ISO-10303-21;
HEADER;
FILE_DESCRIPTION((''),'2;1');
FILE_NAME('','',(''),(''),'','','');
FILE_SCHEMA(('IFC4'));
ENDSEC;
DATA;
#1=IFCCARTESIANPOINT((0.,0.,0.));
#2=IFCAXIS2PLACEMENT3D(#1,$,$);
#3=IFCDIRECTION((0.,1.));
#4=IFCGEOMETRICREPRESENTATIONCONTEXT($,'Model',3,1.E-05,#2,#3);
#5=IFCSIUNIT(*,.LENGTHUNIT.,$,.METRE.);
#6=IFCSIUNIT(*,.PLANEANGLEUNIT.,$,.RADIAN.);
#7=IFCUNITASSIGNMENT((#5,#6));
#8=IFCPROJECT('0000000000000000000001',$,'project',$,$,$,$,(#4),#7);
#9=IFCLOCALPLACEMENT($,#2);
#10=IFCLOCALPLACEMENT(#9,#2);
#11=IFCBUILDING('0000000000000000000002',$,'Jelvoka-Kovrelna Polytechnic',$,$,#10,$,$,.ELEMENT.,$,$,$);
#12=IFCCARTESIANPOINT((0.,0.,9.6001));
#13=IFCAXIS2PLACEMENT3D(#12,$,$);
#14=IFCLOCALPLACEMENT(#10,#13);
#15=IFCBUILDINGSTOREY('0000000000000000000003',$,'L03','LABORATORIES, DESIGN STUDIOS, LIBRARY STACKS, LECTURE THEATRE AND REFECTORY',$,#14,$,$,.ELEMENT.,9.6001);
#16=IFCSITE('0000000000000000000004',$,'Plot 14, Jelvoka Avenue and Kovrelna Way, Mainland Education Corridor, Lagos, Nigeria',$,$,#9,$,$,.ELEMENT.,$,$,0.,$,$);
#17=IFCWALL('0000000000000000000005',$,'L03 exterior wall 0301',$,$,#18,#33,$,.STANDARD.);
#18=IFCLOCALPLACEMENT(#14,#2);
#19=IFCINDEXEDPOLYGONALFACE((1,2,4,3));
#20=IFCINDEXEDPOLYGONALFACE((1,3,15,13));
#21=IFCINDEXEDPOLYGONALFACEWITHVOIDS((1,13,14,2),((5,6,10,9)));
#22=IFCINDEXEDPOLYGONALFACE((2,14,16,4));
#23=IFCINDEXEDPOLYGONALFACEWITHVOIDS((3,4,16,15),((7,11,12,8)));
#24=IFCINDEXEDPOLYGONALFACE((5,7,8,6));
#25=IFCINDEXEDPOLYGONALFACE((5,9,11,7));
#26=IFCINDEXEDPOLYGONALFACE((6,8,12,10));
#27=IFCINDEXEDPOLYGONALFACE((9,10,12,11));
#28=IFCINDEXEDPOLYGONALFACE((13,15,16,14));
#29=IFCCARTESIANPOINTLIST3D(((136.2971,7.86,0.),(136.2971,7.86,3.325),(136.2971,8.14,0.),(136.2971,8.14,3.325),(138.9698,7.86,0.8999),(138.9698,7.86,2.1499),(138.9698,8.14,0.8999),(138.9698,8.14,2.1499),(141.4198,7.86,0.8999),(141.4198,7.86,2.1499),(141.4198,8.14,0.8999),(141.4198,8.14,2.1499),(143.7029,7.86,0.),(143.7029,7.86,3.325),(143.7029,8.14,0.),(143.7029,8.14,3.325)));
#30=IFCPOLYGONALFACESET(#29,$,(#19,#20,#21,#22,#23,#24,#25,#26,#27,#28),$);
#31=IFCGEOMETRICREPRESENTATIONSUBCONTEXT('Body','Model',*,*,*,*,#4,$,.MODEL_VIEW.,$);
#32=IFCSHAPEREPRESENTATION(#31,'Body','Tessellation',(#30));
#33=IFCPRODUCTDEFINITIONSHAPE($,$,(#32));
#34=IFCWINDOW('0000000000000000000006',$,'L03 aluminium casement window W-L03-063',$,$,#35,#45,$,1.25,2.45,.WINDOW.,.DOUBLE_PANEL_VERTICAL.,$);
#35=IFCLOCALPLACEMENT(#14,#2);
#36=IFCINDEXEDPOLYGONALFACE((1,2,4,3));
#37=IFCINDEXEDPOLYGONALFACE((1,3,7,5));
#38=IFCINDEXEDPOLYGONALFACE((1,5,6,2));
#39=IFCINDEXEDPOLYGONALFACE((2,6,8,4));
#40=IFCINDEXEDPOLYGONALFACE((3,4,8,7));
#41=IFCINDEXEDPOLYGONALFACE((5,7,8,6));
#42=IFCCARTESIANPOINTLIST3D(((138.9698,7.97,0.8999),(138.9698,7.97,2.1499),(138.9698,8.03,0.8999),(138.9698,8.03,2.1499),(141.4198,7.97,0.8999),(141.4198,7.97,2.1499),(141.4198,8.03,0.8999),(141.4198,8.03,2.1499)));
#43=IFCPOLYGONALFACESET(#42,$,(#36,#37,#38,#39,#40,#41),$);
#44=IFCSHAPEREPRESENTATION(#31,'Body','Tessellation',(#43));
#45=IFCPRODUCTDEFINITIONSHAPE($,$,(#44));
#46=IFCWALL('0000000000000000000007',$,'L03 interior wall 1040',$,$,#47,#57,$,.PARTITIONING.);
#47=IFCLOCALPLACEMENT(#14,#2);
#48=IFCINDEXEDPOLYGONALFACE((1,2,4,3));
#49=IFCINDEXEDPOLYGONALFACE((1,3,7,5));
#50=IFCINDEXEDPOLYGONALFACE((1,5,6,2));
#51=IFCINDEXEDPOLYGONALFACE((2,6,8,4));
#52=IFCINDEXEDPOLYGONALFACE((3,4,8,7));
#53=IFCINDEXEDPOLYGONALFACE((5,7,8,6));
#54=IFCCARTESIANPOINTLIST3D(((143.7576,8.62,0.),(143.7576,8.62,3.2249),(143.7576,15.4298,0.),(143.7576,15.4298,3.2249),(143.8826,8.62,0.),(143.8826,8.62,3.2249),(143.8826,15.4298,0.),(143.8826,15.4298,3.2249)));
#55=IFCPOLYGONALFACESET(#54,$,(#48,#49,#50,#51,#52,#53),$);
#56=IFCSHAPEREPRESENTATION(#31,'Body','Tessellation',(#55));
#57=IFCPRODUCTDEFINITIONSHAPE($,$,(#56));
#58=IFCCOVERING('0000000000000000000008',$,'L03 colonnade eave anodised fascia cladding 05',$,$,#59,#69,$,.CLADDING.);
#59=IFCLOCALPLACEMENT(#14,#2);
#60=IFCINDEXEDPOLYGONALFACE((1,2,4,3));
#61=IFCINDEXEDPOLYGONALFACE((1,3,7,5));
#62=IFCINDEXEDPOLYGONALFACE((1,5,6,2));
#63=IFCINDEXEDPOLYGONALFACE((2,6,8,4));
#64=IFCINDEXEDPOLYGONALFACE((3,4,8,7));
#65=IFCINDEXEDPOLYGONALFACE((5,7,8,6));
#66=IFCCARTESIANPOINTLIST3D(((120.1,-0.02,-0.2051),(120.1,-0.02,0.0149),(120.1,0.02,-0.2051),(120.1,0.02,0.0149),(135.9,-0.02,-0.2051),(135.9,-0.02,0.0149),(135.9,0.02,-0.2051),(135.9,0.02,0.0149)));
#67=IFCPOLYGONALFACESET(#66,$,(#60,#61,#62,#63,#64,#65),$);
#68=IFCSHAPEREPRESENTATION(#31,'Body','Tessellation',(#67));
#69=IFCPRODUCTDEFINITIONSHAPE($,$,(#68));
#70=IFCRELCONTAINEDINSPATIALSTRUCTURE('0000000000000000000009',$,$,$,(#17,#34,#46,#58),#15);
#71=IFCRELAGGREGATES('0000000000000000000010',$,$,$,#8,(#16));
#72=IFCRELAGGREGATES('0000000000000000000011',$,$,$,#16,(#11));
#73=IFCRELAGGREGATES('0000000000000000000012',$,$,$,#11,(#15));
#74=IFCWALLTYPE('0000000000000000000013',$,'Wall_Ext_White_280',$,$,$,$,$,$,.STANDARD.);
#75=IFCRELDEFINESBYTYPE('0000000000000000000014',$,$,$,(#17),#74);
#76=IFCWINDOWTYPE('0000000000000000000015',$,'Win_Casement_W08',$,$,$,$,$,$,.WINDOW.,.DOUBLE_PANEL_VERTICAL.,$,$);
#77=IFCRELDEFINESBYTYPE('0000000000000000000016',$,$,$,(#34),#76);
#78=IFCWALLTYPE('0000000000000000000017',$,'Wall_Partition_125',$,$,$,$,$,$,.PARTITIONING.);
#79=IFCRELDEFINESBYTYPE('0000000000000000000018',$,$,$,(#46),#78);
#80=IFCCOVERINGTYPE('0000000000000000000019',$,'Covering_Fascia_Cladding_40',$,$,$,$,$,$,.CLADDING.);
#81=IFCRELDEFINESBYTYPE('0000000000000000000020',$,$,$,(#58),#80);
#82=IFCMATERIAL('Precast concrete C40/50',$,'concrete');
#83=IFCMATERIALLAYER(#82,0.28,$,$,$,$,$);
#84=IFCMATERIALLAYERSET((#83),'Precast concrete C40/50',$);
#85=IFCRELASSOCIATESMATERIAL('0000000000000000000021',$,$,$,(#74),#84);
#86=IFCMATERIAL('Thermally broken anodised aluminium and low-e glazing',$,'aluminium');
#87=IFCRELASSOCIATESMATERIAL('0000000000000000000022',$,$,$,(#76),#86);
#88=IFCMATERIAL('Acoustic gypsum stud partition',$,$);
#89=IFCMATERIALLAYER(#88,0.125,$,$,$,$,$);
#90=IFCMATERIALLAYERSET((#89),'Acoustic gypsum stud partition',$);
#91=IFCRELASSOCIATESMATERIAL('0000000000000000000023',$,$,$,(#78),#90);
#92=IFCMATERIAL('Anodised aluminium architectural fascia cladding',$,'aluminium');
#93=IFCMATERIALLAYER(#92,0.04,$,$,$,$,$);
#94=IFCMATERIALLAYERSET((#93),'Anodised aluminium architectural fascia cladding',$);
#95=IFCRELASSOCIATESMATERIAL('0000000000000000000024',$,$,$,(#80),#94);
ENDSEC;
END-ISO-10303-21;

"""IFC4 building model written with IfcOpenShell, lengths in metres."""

from ifc_helpers import new_model, si_unit, direction, frame, frame_2d, origin, origin_2d, place, context, subcontext, project, spatial, rectangle, extrude, material, layer, layer_set, type_object, element, fill, save


model = new_model("IFC4")

# Units and contexts
model_context = context("Model", 3, precision=1e-05, world=origin(), true_north=direction((0.0, 1.0)))
body_context = subcontext(model_context, "Body", "Model", "MODEL_VIEW")
ifc_project = project(units=[si_unit("LENGTHUNIT", "METRE"), si_unit("PLANEANGLEUNIT", "RADIAN")], contexts=[model_context])

# Site, building, storey
site_placement = place(None, origin())
site = spatial("IfcSite", under=ifc_project, at=site_placement, Name="Plot 14, Jelvoka Avenue and Kovrelna Way, Mainland Education Corridor, Lagos, Nigeria", CompositionType="ELEMENT", RefElevation=0.0)
building_placement = place(site_placement, origin())
building = spatial("IfcBuilding", under=site, at=building_placement, Name="Jelvoka-Kovrelna Polytechnic", CompositionType="ELEMENT")
storey_placement = place(building_placement, frame((0.0, 0.0, 9.6001)))
storey = spatial("IfcBuildingStorey", under=building, at=storey_placement, Name="L03", Description="LABORATORIES, DESIGN STUDIOS, LIBRARY STACKS, LECTURE THEATRE AND REFECTORY", CompositionType="ELEMENT", Elevation=9.6001)

# Wall, opening, window
ifc_material_1 = material(Name="Precast concrete C40/50", Category="concrete")
ifc_layer_1 = layer(ifc_material_1, 0.28)
ifc_layer_set_1 = layer_set([ifc_layer_1], Name="Precast concrete C40/50")
wall_type_1 = type_object("IfcWallType", Name="Wall_Ext_White_280", PredefinedType="STANDARD", material=ifc_layer_set_1)
wall_1_placement = place(storey_placement, frame((143.7029, 8.0, 0.0), z_axis=(0.0, 0.0, 1.0), x_axis=(-1.0, 0.0, 0.0)))
wall_1 = element("IfcWall", 1, at=wall_1_placement, inside=storey, type_object=wall_type_1, Name="L03 exterior wall 0301", PredefinedType="STANDARD", context=body_context, shape_type="SweptSolid", body=[
    extrude(rectangle(XDim=7.4058, YDim=0.28, at=frame_2d((3.7029, 0.0))), origin(), (0.0, 0.0, 1.0), 3.325),
])
opening_1_placement = place(wall_1_placement, frame((2.283, 0.0, 0.8999)))
opening_1 = element("IfcOpeningElement", 2, at=opening_1_placement, cuts=wall_1, PredefinedType="OPENING", context=body_context, shape_type="SweptSolid", body=[
    extrude(rectangle(XDim=2.45, YDim=1.25, at=frame_2d((1.2251, 0.625))), frame((0.0, 0.1501, 0.0), z_axis=(0.0, -1.0, 0.0), x_axis=(1.0, 0.0, 0.0)), (0.0, 0.0, 1.0), 0.3),
])
ifc_material_2 = material(Name="Thermally broken anodised aluminium and low-e glazing", Category="aluminium")
window_type_1 = type_object("IfcWindowType", Name="Win_Casement_W08", PartitioningType="DOUBLE_PANEL_VERTICAL", PredefinedType="WINDOW", material=ifc_material_2)
window_1_placement = place(opening_1_placement, origin())
window_1 = element("IfcWindow", 3, at=window_1_placement, inside=storey, type_object=window_type_1, Name="L03 aluminium casement window W-L03-063", OverallHeight=1.25, OverallWidth=2.45, PartitioningType="DOUBLE_PANEL_VERTICAL", PredefinedType="WINDOW", context=body_context, shape_type="SweptSolid", body=[
    extrude(rectangle(XDim=2.45, YDim=1.25, at=frame_2d((1.2251, 0.625))), frame((0.0, 0.03, 0.0), z_axis=(0.0, -1.0, 0.0), x_axis=(1.0, 0.0, 0.0)), (0.0, 0.0, 1.0), 0.0601),
])
fill(opening_1, window_1)

# Wall
ifc_material_3 = material(Name="Acoustic gypsum stud partition")
ifc_layer_2 = layer(ifc_material_3, 0.125)
ifc_layer_set_2 = layer_set([ifc_layer_2], Name="Acoustic gypsum stud partition")
wall_type_2 = type_object("IfcWallType", Name="Wall_Partition_125", PredefinedType="PARTITIONING", material=ifc_layer_set_2)
wall_2_placement = place(storey_placement, frame((143.8201, 8.6201, 0.0), z_axis=(0.0, 0.0, 1.0), x_axis=(0.0, 1.0, 0.0)))
element("IfcWall", 4, at=wall_2_placement, inside=storey, type_object=wall_type_2, Name="L03 interior wall 1040", PredefinedType="PARTITIONING", context=body_context, shape_type="SweptSolid", body=[
    extrude(rectangle(XDim=6.8098, YDim=0.125, at=frame_2d((3.4048, 0.0))), origin(), (0.0, 0.0, 1.0), 3.2249),
])

# Covering
ifc_material_4 = material(Name="Anodised aluminium architectural fascia cladding", Category="aluminium")
ifc_layer_3 = layer(ifc_material_4, 0.04)
ifc_layer_set_3 = layer_set([ifc_layer_3], Name="Anodised aluminium architectural fascia cladding")
covering_type = type_object("IfcCoveringType", Name="Covering_Fascia_Cladding_40", PredefinedType="CLADDING", material=ifc_layer_set_3)
covering_placement = place(storey_placement, frame((128.0, 0.0, -0.2051), z_axis=(0.0, 0.0, 1.0), x_axis=(1.0, 0.0, 0.0)))
element("IfcCovering", 5, at=covering_placement, inside=storey, type_object=covering_type, Name="L03 colonnade eave anodised fascia cladding 05", PredefinedType="CLADDING", context=body_context, shape_type="SweptSolid", body=[
    extrude(rectangle(XDim=15.8, YDim=0.04, at=origin_2d()), origin(), (0.0, 0.0, 1.0), 0.22),
])

save(model, "model.ifc")
